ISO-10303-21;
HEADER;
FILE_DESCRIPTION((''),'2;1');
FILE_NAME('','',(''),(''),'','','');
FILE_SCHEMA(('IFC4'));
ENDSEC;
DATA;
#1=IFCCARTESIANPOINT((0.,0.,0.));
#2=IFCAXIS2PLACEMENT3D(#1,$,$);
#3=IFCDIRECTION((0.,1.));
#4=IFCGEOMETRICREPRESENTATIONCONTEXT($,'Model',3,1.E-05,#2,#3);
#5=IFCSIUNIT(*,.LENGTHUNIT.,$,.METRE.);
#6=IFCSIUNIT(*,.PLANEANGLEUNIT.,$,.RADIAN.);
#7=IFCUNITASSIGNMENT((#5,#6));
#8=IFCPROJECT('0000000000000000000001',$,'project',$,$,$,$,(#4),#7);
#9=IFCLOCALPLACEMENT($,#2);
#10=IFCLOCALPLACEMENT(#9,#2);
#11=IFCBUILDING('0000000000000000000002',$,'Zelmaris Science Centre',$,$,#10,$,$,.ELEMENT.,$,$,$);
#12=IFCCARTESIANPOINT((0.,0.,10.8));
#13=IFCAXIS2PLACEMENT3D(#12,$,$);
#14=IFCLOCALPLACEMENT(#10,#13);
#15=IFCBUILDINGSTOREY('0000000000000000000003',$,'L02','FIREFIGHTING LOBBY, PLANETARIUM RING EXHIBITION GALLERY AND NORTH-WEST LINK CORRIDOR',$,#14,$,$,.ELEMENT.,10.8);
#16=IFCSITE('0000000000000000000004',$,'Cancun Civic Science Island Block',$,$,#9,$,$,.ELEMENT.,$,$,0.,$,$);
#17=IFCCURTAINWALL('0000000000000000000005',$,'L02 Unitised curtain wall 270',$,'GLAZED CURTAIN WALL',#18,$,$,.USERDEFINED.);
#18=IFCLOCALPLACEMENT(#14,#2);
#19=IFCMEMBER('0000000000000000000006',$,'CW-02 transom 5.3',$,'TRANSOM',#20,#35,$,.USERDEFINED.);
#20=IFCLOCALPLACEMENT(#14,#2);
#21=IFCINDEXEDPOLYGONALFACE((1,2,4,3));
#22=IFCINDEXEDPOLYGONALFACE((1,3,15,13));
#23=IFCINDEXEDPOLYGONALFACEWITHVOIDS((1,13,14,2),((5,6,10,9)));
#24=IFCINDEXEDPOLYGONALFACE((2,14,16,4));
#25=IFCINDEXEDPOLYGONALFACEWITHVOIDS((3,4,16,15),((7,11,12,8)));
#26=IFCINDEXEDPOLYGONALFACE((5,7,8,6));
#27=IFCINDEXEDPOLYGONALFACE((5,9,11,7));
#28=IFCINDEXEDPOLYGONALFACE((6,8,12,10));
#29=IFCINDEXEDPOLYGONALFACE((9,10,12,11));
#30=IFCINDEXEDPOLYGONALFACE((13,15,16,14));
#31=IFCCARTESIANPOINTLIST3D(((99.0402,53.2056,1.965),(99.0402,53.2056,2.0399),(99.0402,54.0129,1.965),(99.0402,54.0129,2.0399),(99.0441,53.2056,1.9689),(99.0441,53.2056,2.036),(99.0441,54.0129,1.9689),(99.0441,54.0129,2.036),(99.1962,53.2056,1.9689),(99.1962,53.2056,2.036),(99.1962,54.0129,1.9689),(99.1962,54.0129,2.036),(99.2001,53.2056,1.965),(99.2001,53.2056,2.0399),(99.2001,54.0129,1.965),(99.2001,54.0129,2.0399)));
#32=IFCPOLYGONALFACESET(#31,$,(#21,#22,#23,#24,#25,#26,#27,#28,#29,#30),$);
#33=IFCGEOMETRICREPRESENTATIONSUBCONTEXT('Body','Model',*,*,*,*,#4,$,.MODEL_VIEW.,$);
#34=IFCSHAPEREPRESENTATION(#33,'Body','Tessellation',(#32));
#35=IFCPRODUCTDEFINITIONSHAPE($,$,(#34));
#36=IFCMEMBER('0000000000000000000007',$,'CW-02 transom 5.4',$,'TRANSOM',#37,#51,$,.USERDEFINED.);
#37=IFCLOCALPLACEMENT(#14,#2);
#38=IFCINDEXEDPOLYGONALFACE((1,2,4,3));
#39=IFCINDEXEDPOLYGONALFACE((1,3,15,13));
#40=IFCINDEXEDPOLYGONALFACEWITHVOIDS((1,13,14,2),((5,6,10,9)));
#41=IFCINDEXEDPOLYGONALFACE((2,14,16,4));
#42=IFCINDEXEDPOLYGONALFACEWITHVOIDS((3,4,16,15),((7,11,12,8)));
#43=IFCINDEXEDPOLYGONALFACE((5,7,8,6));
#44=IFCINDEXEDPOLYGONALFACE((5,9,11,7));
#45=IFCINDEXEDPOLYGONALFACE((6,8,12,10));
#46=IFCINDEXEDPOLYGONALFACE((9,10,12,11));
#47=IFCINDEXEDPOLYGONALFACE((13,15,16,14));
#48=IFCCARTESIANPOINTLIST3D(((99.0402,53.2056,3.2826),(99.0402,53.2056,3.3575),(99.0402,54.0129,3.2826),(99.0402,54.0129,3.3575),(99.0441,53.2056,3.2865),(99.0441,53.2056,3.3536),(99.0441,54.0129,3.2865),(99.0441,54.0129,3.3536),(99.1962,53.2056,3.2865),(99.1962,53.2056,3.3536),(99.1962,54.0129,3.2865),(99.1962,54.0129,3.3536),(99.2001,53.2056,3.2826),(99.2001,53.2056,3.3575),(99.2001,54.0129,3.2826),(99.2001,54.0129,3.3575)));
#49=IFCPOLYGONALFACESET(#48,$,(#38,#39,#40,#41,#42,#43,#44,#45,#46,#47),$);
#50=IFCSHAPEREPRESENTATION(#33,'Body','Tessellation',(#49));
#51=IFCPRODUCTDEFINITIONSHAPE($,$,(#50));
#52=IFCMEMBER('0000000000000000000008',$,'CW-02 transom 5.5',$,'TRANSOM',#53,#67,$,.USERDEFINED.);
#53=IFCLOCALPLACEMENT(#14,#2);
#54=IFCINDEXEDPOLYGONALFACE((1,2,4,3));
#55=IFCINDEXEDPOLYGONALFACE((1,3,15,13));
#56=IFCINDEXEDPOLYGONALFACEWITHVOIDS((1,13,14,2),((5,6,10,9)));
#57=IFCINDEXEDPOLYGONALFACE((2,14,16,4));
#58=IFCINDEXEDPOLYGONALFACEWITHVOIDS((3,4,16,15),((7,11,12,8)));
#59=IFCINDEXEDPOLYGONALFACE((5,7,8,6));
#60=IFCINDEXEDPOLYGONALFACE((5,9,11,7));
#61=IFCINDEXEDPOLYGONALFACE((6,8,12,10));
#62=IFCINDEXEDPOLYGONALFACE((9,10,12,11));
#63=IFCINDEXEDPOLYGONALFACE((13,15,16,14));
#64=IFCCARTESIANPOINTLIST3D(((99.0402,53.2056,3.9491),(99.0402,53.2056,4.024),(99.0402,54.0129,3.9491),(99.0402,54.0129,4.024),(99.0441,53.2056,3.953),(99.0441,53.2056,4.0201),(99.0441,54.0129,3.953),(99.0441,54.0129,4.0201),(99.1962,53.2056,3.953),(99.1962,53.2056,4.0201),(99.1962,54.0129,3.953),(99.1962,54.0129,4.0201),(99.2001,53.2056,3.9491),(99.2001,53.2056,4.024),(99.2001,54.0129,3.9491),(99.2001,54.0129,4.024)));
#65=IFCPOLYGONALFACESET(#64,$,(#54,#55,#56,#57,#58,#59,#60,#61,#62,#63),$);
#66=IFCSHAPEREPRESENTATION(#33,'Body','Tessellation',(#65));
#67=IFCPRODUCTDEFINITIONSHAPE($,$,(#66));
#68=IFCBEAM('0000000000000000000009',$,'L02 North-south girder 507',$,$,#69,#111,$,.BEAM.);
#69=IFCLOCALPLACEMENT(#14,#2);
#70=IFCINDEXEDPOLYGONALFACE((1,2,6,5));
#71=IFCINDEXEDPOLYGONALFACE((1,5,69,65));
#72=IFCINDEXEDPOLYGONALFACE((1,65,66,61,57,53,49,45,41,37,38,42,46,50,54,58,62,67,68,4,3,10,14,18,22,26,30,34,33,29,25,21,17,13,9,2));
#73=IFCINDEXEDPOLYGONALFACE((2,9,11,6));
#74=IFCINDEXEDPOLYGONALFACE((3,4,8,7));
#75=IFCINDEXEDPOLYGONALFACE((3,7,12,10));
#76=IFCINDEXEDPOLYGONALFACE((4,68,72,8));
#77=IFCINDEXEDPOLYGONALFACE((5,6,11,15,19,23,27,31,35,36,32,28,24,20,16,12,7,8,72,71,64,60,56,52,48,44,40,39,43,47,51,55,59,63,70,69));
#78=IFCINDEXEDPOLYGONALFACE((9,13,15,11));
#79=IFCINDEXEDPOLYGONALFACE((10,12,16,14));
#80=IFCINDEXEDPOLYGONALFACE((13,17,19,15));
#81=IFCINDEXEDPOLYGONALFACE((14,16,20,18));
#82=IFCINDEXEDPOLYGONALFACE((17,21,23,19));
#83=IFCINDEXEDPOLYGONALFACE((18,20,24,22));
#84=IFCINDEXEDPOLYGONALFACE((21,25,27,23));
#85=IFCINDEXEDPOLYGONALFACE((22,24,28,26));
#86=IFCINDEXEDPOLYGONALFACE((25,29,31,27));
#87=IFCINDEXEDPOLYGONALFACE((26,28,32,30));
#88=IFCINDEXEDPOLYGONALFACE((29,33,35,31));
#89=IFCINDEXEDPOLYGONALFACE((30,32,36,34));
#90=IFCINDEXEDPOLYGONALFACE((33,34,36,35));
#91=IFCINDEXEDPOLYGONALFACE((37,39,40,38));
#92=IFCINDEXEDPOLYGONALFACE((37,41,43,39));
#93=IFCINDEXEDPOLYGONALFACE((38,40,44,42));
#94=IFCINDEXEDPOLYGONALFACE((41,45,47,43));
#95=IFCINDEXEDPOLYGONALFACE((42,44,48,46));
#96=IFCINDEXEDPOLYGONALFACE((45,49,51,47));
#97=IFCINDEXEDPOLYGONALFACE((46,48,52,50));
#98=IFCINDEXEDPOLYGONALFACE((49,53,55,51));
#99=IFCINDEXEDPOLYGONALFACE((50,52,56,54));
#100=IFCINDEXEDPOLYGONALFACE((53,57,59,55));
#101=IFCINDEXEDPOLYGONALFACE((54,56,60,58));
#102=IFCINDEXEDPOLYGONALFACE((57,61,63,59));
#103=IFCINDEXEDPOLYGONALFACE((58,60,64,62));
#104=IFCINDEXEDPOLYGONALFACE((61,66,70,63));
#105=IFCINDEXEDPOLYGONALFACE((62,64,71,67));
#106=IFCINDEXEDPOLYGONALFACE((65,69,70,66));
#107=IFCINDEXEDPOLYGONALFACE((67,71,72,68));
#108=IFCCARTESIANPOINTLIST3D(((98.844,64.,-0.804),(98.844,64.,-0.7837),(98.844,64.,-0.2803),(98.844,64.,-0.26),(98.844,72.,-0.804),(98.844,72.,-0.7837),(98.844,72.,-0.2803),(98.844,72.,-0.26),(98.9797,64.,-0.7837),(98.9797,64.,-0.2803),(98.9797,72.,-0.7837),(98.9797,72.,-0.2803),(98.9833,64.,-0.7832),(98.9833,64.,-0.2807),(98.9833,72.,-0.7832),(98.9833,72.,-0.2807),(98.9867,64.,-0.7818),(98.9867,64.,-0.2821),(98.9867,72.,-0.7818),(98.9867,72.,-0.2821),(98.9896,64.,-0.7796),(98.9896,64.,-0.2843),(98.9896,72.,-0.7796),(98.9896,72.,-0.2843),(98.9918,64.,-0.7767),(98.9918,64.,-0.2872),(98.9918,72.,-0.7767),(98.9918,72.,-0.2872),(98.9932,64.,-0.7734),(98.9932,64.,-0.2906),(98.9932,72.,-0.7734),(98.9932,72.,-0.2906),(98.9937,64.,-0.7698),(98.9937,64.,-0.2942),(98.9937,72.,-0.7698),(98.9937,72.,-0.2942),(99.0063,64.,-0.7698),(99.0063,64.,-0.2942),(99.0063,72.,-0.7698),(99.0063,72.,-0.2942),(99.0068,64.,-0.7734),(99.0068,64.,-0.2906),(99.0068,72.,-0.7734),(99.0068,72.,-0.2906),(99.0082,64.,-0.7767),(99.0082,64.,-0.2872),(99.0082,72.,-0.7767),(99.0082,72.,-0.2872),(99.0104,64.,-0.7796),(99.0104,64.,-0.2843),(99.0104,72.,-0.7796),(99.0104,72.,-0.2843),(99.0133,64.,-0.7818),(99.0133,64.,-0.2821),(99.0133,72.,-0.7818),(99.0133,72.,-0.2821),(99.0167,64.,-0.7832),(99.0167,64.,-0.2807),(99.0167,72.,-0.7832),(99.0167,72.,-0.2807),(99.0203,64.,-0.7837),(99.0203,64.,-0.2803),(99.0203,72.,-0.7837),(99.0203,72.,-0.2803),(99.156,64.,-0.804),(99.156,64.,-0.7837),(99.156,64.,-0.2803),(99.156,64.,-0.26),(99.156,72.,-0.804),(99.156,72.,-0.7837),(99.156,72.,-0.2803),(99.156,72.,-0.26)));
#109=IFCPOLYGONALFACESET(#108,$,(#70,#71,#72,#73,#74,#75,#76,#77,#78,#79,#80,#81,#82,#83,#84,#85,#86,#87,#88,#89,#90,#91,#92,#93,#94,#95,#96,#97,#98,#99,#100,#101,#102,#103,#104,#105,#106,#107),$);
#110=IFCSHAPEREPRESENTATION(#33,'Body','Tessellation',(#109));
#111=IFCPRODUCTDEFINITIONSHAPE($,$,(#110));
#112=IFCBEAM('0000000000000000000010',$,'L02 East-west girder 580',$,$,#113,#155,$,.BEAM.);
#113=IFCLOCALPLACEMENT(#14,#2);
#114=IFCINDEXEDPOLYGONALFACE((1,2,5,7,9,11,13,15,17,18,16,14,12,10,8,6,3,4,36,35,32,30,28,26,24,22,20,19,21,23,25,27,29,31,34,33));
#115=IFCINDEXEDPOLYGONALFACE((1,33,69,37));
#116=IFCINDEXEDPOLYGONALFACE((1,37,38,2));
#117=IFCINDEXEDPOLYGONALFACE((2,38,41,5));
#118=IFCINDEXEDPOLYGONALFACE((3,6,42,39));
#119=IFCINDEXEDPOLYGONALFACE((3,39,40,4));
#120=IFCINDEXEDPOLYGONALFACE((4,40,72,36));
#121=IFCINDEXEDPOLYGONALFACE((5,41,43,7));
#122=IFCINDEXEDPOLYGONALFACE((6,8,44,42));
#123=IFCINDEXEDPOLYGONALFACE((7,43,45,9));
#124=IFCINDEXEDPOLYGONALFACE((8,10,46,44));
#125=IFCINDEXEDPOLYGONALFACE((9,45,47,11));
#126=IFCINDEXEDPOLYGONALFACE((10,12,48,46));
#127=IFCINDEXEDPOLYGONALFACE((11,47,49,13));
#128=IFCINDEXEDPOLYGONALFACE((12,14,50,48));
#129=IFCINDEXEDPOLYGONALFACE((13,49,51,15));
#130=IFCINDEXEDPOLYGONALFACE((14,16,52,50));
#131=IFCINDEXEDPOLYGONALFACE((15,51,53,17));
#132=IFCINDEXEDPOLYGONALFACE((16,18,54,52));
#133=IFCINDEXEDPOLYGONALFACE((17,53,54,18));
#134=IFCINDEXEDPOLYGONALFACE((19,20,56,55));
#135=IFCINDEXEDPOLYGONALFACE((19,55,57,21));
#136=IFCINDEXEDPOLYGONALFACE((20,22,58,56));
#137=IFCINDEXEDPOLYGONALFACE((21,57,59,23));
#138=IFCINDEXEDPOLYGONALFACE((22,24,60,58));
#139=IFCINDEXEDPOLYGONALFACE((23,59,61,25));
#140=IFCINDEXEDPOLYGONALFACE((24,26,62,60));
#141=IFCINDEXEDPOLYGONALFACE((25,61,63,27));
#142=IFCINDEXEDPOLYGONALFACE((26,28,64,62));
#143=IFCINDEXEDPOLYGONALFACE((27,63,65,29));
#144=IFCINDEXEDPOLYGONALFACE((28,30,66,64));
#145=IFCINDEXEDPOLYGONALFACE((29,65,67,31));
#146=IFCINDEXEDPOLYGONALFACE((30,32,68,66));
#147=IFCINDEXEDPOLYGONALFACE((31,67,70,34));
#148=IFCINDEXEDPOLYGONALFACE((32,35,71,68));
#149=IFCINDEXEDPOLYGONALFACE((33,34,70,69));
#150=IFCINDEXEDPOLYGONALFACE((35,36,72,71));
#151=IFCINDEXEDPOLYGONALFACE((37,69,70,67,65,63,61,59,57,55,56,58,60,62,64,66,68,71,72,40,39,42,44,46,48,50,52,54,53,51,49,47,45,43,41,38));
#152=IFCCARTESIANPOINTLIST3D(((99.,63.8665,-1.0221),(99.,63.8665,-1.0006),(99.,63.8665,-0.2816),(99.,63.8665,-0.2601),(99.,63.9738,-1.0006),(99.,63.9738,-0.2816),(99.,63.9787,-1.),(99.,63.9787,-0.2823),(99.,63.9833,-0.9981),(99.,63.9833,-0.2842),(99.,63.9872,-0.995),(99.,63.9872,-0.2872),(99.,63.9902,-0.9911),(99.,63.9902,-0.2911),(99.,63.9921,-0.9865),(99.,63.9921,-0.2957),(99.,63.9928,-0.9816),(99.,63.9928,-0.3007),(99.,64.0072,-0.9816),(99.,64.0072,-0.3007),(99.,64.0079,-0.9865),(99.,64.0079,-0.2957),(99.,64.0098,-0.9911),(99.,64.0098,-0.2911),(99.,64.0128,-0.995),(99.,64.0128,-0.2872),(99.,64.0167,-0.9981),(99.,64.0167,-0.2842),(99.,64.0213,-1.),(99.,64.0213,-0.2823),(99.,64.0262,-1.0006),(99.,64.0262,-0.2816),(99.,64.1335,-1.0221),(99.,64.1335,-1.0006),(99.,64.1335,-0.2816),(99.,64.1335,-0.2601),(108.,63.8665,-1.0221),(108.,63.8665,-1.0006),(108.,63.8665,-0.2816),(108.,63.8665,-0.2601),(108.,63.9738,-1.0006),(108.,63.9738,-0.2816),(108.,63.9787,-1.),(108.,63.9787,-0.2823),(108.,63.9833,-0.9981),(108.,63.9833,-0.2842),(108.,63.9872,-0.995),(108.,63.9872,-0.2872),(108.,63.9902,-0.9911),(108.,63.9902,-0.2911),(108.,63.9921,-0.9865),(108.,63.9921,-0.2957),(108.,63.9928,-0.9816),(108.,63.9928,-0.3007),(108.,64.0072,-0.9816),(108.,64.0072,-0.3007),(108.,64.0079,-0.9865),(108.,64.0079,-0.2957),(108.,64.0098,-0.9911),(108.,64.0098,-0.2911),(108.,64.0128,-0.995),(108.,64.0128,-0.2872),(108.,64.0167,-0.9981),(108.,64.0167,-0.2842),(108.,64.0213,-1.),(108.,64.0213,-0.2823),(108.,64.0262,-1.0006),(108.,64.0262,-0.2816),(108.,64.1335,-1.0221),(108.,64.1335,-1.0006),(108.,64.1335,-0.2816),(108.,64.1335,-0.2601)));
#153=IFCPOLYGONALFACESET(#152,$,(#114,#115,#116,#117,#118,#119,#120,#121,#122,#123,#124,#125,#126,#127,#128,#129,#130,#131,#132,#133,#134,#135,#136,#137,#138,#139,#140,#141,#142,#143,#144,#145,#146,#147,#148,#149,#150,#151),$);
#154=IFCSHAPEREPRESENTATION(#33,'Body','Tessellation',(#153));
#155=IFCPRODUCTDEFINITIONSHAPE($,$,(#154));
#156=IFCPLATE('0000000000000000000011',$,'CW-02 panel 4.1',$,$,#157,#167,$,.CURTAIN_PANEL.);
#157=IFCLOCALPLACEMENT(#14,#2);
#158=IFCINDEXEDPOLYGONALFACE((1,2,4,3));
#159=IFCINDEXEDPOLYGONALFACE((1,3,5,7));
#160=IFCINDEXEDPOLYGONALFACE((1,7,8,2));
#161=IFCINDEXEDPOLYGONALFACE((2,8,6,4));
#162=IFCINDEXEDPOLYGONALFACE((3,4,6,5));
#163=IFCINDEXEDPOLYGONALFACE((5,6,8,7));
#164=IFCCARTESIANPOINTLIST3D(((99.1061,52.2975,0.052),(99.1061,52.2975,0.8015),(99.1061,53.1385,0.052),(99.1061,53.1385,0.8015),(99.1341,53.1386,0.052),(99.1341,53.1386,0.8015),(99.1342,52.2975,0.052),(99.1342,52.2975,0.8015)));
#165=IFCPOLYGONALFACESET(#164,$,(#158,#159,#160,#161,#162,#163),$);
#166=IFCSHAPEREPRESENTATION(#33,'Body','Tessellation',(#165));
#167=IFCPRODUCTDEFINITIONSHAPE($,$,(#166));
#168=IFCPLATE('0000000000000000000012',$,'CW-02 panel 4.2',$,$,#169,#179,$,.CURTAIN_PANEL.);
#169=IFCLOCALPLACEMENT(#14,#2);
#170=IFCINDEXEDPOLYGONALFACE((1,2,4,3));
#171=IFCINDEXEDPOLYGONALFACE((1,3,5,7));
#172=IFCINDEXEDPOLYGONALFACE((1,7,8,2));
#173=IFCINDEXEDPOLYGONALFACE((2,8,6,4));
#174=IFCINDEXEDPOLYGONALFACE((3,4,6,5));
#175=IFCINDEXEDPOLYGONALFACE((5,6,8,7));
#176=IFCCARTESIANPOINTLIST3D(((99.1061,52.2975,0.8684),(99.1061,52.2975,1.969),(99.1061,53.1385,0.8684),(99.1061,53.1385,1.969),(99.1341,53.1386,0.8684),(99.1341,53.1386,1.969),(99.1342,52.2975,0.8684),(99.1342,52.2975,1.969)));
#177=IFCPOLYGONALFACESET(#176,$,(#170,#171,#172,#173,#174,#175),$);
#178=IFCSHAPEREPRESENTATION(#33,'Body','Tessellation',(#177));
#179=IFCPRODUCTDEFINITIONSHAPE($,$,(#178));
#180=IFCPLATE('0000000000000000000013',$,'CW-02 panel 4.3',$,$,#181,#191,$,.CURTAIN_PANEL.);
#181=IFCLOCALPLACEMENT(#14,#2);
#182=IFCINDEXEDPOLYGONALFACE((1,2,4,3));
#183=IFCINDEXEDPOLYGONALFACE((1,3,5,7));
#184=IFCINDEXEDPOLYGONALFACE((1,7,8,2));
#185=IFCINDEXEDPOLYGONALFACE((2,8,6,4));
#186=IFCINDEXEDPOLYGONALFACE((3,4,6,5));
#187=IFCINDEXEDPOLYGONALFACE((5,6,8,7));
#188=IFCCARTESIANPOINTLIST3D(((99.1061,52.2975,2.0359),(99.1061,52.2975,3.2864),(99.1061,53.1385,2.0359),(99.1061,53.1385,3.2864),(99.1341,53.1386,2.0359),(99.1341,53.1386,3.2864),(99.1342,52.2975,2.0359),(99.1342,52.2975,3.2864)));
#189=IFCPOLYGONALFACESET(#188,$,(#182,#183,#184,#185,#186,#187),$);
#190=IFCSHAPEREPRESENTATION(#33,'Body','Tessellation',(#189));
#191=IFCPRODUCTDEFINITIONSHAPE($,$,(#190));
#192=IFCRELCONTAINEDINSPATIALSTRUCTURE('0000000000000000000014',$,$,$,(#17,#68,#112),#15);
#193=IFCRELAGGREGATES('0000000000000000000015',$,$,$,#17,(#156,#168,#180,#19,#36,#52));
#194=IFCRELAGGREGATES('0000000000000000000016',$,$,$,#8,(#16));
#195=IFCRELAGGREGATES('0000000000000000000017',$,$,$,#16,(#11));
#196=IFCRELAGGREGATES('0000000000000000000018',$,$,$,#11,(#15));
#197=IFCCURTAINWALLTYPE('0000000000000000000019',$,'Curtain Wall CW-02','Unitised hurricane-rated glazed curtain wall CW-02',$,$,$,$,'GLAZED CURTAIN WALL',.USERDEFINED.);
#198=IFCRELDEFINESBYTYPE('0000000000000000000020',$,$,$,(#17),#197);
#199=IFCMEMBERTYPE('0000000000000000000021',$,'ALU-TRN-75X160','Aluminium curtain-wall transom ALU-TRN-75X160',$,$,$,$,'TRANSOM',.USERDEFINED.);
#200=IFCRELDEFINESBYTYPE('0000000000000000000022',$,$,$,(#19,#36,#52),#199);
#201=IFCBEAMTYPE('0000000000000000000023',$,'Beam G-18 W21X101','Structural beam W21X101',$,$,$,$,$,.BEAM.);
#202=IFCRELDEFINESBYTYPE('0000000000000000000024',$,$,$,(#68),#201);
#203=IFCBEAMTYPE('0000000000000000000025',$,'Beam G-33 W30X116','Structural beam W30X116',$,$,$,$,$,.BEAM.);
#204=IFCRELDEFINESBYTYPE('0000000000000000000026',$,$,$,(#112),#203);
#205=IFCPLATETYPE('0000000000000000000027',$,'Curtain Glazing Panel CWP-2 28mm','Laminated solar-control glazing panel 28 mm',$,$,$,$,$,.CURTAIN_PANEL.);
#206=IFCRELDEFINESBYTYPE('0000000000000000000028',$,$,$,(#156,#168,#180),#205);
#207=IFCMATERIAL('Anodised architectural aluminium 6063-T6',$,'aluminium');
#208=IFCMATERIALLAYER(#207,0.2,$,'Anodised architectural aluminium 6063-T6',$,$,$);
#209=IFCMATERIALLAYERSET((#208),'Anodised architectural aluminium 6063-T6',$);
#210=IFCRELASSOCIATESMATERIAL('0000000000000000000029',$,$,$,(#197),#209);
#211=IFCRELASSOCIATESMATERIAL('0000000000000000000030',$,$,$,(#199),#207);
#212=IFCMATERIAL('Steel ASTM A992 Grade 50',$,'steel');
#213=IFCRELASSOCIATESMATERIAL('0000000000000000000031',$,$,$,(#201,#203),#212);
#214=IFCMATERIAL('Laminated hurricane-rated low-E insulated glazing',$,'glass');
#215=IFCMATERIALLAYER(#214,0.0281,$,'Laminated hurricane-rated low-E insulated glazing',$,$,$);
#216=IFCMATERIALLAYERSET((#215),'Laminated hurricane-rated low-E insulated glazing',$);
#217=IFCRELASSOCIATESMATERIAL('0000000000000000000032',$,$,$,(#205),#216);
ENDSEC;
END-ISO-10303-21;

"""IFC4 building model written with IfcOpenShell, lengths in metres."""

from ifc_helpers import new_model, si_unit, direction, frame, origin, origin_2d, place, context, subcontext, project, spatial, rectangle, hollow_rectangle, i_section, extrude, material, layer, layer_set, material_profile, profile_set, type_object, element, aggregate, save


model = new_model("IFC4")

# Units and contexts
model_context = context("Model", 3, precision=1e-05, world=origin(), true_north=direction((0.0, 1.0)))
body_context = subcontext(model_context, "Body", "Model", "MODEL_VIEW")
ifc_project = project(units=[si_unit("LENGTHUNIT", "METRE"), si_unit("PLANEANGLEUNIT", "RADIAN")], contexts=[model_context])

# Site, building, storey
site_placement = place(None, origin())
site = spatial("IfcSite", under=ifc_project, at=site_placement, Name="Cancun Civic Science Island Block", CompositionType="ELEMENT", RefElevation=0.0)
building_placement = place(site_placement, origin())
building = spatial("IfcBuilding", under=site, at=building_placement, Name="Zelmaris Science Centre", CompositionType="ELEMENT")
storey_placement = place(building_placement, frame((0.0, 0.0, 10.8)))
storey = spatial("IfcBuildingStorey", under=building, at=storey_placement, Name="L02", Description="FIREFIGHTING LOBBY, PLANETARIUM RING EXHIBITION GALLERY AND NORTH-WEST LINK CORRIDOR", CompositionType="ELEMENT", Elevation=10.8)

# Shared definitions
ifc_material_1 = material(Name="Steel ASTM A992 Grade 50", Category="steel")

# Curtain wall, members
ifc_material_2 = material(Name="Anodised architectural aluminium 6063-T6", Category="aluminium")
ifc_layer_1 = layer(ifc_material_2, 0.2, Name="Anodised architectural aluminium 6063-T6")
ifc_layer_set_1 = layer_set([ifc_layer_1], Name="Anodised architectural aluminium 6063-T6")
curtain_wall_type = type_object("IfcCurtainWallType", Name="Curtain Wall CW-02", Description="Unitised hurricane-rated glazed curtain wall CW-02", ElementType="GLAZED CURTAIN WALL", PredefinedType="USERDEFINED", material=ifc_layer_set_1)
curtain_wall_placement = place(storey_placement, origin())
curtain_wall = element("IfcCurtainWall", 1, at=curtain_wall_placement, inside=storey, type_object=curtain_wall_type, Name="L02 Unitised curtain wall 270", ObjectType="GLAZED CURTAIN WALL", PredefinedType="USERDEFINED")
ifc_material_profile_1 = material_profile(ifc_material_2, hollow_rectangle(XDim=0.075, YDim=0.1599, WallThickness=0.0039, at=origin_2d()), Name="ALU-TRN-75X160")
ifc_profile_set_1 = profile_set([ifc_material_profile_1], Name="Anodised architectural aluminium 6063-T6")
member_type_1 = type_object("IfcMemberType", Name="ALU-TRN-75X160", Description="Aluminium curtain-wall transom ALU-TRN-75X160", ElementType="TRANSOM", PredefinedType="USERDEFINED", material=ifc_profile_set_1)
member_1_placement = place(storey_placement, frame((99.1201, 53.2056, 2.0024), z_axis=(0.0, 1.0, 0.0), x_axis=(0.0, 0.0, 1.0)))
member_1 = element("IfcMember", 2, at=member_1_placement, type_object=member_type_1, Name="CW-02 transom 5.3", ObjectType="TRANSOM", PredefinedType="USERDEFINED", context=body_context, shape_type="SweptSolid", body=[
    extrude(hollow_rectangle(XDim=0.075, YDim=0.1599, WallThickness=0.0039, at=origin_2d()), origin(), (0.0, 0.0, 1.0), 0.8074),
])
member_2_placement = place(storey_placement, frame((99.1201, 53.2056, 3.3201), z_axis=(0.0, 1.0, 0.0), x_axis=(0.0, 0.0, 1.0)))
member_2 = element("IfcMember", 3, at=member_2_placement, type_object=member_type_1, Name="CW-02 transom 5.4", ObjectType="TRANSOM", PredefinedType="USERDEFINED", context=body_context, shape_type="SweptSolid", body=[
    extrude(hollow_rectangle(XDim=0.075, YDim=0.1599, WallThickness=0.0039, at=origin_2d()), origin(), (0.0, 0.0, 1.0), 0.8074),
])
member_3_placement = place(storey_placement, frame((99.1201, 53.2056, 3.9866), z_axis=(0.0, 1.0, 0.0), x_axis=(0.0, 0.0, 1.0)))
member_3 = element("IfcMember", 4, at=member_3_placement, type_object=member_type_1, Name="CW-02 transom 5.5", ObjectType="TRANSOM", PredefinedType="USERDEFINED", context=body_context, shape_type="SweptSolid", body=[
    extrude(hollow_rectangle(XDim=0.075, YDim=0.1599, WallThickness=0.0039, at=origin_2d()), origin(), (0.0, 0.0, 1.0), 0.8074),
])

# Beams
ifc_material_profile_2 = material_profile(ifc_material_1, i_section(OverallWidth=0.312, OverallDepth=0.5439, WebThickness=0.0127, FlangeThickness=0.0203, FilletRadius=0.0139, at=origin_2d()), Name="W21X101")
ifc_profile_set_2 = profile_set([ifc_material_profile_2], Name="Steel ASTM A992 Grade 50")
beam_type_1 = type_object("IfcBeamType", Name="Beam G-18 W21X101", Description="Structural beam W21X101", PredefinedType="BEAM", material=ifc_profile_set_2)
beam_1_placement = place(storey_placement, frame((99.0, 64.0, -0.532), z_axis=(0.0, 1.0, 0.0), x_axis=(-1.0, 0.0, 0.0)))
element("IfcBeam", 5, at=beam_1_placement, inside=storey, type_object=beam_type_1, Name="L02 North-south girder 507", PredefinedType="BEAM", context=body_context, shape_type="SweptSolid", body=[
    extrude(i_section(OverallWidth=0.312, OverallDepth=0.5439, WebThickness=0.0127, FlangeThickness=0.0203, FilletRadius=0.0139, at=origin_2d()), origin(), (0.0, 0.0, 1.0), 8.0),
])
ifc_material_profile_3 = material_profile(ifc_material_1, i_section(OverallWidth=0.2671, OverallDepth=0.762, WebThickness=0.0144, FlangeThickness=0.0215, FilletRadius=0.019, at=origin_2d()), Name="W30X116")
ifc_profile_set_3 = profile_set([ifc_material_profile_3], Name="Steel ASTM A992 Grade 50")
beam_type_2 = type_object("IfcBeamType", Name="Beam G-33 W30X116", Description="Structural beam W30X116", PredefinedType="BEAM", material=ifc_profile_set_3)
beam_2_placement = place(storey_placement, frame((99.0, 64.0, -0.6411), z_axis=(1.0, 0.0, 0.0), x_axis=(0.0, 1.0, 0.0)))
element("IfcBeam", 6, at=beam_2_placement, inside=storey, type_object=beam_type_2, Name="L02 East-west girder 580", PredefinedType="BEAM", context=body_context, shape_type="SweptSolid", body=[
    extrude(i_section(OverallWidth=0.2671, OverallDepth=0.762, WebThickness=0.0144, FlangeThickness=0.0215, FilletRadius=0.019, at=origin_2d()), origin(), (0.0, 0.0, 1.0), 9.0),
])

# Plates
ifc_material_3 = material(Name="Laminated hurricane-rated low-E insulated glazing", Category="glass")
ifc_layer_2 = layer(ifc_material_3, 0.0281, Name="Laminated hurricane-rated low-E insulated glazing")
ifc_layer_set_2 = layer_set([ifc_layer_2], Name="Laminated hurricane-rated low-E insulated glazing")
plate_type = type_object("IfcPlateType", Name="Curtain Glazing Panel CWP-2 28mm", Description="Laminated solar-control glazing panel 28 mm", PredefinedType="CURTAIN_PANEL", material=ifc_layer_set_2)
plate_1_placement = place(storey_placement, frame((99.1201, 52.718, 0.052), z_axis=(0.0, 0.0, 1.0), x_axis=(-0.000022, 1.0, 0.0)))
plate_1 = element("IfcPlate", 7, at=plate_1_placement, type_object=plate_type, Name="CW-02 panel 4.1", PredefinedType="CURTAIN_PANEL", context=body_context, shape_type="SweptSolid", body=[
    extrude(rectangle(XDim=0.8411, YDim=0.0281, at=origin_2d()), origin(), (0.0, 0.0, 1.0), 0.7495),
])
plate_2_placement = place(storey_placement, frame((99.1201, 52.718, 0.8684), z_axis=(0.0, 0.0, 1.0), x_axis=(-0.000022, 1.0, 0.0)))
plate_2 = element("IfcPlate", 8, at=plate_2_placement, type_object=plate_type, Name="CW-02 panel 4.2", PredefinedType="CURTAIN_PANEL", context=body_context, shape_type="SweptSolid", body=[
    extrude(rectangle(XDim=0.8411, YDim=0.0281, at=origin_2d()), origin(), (0.0, 0.0, 1.0), 1.1006),
])
plate_3_placement = place(storey_placement, frame((99.1201, 52.718, 2.0359), z_axis=(0.0, 0.0, 1.0), x_axis=(-0.000022, 1.0, 0.0)))
plate_3 = element("IfcPlate", 9, at=plate_3_placement, type_object=plate_type, Name="CW-02 panel 4.3", PredefinedType="CURTAIN_PANEL", context=body_context, shape_type="SweptSolid", body=[
    extrude(rectangle(XDim=0.8411, YDim=0.0281, at=origin_2d()), origin(), (0.0, 0.0, 1.0), 1.2505),
])
aggregate(curtain_wall, [plate_1, plate_2, plate_3, member_1, member_2, member_3])

save(model, "model.ifc")
